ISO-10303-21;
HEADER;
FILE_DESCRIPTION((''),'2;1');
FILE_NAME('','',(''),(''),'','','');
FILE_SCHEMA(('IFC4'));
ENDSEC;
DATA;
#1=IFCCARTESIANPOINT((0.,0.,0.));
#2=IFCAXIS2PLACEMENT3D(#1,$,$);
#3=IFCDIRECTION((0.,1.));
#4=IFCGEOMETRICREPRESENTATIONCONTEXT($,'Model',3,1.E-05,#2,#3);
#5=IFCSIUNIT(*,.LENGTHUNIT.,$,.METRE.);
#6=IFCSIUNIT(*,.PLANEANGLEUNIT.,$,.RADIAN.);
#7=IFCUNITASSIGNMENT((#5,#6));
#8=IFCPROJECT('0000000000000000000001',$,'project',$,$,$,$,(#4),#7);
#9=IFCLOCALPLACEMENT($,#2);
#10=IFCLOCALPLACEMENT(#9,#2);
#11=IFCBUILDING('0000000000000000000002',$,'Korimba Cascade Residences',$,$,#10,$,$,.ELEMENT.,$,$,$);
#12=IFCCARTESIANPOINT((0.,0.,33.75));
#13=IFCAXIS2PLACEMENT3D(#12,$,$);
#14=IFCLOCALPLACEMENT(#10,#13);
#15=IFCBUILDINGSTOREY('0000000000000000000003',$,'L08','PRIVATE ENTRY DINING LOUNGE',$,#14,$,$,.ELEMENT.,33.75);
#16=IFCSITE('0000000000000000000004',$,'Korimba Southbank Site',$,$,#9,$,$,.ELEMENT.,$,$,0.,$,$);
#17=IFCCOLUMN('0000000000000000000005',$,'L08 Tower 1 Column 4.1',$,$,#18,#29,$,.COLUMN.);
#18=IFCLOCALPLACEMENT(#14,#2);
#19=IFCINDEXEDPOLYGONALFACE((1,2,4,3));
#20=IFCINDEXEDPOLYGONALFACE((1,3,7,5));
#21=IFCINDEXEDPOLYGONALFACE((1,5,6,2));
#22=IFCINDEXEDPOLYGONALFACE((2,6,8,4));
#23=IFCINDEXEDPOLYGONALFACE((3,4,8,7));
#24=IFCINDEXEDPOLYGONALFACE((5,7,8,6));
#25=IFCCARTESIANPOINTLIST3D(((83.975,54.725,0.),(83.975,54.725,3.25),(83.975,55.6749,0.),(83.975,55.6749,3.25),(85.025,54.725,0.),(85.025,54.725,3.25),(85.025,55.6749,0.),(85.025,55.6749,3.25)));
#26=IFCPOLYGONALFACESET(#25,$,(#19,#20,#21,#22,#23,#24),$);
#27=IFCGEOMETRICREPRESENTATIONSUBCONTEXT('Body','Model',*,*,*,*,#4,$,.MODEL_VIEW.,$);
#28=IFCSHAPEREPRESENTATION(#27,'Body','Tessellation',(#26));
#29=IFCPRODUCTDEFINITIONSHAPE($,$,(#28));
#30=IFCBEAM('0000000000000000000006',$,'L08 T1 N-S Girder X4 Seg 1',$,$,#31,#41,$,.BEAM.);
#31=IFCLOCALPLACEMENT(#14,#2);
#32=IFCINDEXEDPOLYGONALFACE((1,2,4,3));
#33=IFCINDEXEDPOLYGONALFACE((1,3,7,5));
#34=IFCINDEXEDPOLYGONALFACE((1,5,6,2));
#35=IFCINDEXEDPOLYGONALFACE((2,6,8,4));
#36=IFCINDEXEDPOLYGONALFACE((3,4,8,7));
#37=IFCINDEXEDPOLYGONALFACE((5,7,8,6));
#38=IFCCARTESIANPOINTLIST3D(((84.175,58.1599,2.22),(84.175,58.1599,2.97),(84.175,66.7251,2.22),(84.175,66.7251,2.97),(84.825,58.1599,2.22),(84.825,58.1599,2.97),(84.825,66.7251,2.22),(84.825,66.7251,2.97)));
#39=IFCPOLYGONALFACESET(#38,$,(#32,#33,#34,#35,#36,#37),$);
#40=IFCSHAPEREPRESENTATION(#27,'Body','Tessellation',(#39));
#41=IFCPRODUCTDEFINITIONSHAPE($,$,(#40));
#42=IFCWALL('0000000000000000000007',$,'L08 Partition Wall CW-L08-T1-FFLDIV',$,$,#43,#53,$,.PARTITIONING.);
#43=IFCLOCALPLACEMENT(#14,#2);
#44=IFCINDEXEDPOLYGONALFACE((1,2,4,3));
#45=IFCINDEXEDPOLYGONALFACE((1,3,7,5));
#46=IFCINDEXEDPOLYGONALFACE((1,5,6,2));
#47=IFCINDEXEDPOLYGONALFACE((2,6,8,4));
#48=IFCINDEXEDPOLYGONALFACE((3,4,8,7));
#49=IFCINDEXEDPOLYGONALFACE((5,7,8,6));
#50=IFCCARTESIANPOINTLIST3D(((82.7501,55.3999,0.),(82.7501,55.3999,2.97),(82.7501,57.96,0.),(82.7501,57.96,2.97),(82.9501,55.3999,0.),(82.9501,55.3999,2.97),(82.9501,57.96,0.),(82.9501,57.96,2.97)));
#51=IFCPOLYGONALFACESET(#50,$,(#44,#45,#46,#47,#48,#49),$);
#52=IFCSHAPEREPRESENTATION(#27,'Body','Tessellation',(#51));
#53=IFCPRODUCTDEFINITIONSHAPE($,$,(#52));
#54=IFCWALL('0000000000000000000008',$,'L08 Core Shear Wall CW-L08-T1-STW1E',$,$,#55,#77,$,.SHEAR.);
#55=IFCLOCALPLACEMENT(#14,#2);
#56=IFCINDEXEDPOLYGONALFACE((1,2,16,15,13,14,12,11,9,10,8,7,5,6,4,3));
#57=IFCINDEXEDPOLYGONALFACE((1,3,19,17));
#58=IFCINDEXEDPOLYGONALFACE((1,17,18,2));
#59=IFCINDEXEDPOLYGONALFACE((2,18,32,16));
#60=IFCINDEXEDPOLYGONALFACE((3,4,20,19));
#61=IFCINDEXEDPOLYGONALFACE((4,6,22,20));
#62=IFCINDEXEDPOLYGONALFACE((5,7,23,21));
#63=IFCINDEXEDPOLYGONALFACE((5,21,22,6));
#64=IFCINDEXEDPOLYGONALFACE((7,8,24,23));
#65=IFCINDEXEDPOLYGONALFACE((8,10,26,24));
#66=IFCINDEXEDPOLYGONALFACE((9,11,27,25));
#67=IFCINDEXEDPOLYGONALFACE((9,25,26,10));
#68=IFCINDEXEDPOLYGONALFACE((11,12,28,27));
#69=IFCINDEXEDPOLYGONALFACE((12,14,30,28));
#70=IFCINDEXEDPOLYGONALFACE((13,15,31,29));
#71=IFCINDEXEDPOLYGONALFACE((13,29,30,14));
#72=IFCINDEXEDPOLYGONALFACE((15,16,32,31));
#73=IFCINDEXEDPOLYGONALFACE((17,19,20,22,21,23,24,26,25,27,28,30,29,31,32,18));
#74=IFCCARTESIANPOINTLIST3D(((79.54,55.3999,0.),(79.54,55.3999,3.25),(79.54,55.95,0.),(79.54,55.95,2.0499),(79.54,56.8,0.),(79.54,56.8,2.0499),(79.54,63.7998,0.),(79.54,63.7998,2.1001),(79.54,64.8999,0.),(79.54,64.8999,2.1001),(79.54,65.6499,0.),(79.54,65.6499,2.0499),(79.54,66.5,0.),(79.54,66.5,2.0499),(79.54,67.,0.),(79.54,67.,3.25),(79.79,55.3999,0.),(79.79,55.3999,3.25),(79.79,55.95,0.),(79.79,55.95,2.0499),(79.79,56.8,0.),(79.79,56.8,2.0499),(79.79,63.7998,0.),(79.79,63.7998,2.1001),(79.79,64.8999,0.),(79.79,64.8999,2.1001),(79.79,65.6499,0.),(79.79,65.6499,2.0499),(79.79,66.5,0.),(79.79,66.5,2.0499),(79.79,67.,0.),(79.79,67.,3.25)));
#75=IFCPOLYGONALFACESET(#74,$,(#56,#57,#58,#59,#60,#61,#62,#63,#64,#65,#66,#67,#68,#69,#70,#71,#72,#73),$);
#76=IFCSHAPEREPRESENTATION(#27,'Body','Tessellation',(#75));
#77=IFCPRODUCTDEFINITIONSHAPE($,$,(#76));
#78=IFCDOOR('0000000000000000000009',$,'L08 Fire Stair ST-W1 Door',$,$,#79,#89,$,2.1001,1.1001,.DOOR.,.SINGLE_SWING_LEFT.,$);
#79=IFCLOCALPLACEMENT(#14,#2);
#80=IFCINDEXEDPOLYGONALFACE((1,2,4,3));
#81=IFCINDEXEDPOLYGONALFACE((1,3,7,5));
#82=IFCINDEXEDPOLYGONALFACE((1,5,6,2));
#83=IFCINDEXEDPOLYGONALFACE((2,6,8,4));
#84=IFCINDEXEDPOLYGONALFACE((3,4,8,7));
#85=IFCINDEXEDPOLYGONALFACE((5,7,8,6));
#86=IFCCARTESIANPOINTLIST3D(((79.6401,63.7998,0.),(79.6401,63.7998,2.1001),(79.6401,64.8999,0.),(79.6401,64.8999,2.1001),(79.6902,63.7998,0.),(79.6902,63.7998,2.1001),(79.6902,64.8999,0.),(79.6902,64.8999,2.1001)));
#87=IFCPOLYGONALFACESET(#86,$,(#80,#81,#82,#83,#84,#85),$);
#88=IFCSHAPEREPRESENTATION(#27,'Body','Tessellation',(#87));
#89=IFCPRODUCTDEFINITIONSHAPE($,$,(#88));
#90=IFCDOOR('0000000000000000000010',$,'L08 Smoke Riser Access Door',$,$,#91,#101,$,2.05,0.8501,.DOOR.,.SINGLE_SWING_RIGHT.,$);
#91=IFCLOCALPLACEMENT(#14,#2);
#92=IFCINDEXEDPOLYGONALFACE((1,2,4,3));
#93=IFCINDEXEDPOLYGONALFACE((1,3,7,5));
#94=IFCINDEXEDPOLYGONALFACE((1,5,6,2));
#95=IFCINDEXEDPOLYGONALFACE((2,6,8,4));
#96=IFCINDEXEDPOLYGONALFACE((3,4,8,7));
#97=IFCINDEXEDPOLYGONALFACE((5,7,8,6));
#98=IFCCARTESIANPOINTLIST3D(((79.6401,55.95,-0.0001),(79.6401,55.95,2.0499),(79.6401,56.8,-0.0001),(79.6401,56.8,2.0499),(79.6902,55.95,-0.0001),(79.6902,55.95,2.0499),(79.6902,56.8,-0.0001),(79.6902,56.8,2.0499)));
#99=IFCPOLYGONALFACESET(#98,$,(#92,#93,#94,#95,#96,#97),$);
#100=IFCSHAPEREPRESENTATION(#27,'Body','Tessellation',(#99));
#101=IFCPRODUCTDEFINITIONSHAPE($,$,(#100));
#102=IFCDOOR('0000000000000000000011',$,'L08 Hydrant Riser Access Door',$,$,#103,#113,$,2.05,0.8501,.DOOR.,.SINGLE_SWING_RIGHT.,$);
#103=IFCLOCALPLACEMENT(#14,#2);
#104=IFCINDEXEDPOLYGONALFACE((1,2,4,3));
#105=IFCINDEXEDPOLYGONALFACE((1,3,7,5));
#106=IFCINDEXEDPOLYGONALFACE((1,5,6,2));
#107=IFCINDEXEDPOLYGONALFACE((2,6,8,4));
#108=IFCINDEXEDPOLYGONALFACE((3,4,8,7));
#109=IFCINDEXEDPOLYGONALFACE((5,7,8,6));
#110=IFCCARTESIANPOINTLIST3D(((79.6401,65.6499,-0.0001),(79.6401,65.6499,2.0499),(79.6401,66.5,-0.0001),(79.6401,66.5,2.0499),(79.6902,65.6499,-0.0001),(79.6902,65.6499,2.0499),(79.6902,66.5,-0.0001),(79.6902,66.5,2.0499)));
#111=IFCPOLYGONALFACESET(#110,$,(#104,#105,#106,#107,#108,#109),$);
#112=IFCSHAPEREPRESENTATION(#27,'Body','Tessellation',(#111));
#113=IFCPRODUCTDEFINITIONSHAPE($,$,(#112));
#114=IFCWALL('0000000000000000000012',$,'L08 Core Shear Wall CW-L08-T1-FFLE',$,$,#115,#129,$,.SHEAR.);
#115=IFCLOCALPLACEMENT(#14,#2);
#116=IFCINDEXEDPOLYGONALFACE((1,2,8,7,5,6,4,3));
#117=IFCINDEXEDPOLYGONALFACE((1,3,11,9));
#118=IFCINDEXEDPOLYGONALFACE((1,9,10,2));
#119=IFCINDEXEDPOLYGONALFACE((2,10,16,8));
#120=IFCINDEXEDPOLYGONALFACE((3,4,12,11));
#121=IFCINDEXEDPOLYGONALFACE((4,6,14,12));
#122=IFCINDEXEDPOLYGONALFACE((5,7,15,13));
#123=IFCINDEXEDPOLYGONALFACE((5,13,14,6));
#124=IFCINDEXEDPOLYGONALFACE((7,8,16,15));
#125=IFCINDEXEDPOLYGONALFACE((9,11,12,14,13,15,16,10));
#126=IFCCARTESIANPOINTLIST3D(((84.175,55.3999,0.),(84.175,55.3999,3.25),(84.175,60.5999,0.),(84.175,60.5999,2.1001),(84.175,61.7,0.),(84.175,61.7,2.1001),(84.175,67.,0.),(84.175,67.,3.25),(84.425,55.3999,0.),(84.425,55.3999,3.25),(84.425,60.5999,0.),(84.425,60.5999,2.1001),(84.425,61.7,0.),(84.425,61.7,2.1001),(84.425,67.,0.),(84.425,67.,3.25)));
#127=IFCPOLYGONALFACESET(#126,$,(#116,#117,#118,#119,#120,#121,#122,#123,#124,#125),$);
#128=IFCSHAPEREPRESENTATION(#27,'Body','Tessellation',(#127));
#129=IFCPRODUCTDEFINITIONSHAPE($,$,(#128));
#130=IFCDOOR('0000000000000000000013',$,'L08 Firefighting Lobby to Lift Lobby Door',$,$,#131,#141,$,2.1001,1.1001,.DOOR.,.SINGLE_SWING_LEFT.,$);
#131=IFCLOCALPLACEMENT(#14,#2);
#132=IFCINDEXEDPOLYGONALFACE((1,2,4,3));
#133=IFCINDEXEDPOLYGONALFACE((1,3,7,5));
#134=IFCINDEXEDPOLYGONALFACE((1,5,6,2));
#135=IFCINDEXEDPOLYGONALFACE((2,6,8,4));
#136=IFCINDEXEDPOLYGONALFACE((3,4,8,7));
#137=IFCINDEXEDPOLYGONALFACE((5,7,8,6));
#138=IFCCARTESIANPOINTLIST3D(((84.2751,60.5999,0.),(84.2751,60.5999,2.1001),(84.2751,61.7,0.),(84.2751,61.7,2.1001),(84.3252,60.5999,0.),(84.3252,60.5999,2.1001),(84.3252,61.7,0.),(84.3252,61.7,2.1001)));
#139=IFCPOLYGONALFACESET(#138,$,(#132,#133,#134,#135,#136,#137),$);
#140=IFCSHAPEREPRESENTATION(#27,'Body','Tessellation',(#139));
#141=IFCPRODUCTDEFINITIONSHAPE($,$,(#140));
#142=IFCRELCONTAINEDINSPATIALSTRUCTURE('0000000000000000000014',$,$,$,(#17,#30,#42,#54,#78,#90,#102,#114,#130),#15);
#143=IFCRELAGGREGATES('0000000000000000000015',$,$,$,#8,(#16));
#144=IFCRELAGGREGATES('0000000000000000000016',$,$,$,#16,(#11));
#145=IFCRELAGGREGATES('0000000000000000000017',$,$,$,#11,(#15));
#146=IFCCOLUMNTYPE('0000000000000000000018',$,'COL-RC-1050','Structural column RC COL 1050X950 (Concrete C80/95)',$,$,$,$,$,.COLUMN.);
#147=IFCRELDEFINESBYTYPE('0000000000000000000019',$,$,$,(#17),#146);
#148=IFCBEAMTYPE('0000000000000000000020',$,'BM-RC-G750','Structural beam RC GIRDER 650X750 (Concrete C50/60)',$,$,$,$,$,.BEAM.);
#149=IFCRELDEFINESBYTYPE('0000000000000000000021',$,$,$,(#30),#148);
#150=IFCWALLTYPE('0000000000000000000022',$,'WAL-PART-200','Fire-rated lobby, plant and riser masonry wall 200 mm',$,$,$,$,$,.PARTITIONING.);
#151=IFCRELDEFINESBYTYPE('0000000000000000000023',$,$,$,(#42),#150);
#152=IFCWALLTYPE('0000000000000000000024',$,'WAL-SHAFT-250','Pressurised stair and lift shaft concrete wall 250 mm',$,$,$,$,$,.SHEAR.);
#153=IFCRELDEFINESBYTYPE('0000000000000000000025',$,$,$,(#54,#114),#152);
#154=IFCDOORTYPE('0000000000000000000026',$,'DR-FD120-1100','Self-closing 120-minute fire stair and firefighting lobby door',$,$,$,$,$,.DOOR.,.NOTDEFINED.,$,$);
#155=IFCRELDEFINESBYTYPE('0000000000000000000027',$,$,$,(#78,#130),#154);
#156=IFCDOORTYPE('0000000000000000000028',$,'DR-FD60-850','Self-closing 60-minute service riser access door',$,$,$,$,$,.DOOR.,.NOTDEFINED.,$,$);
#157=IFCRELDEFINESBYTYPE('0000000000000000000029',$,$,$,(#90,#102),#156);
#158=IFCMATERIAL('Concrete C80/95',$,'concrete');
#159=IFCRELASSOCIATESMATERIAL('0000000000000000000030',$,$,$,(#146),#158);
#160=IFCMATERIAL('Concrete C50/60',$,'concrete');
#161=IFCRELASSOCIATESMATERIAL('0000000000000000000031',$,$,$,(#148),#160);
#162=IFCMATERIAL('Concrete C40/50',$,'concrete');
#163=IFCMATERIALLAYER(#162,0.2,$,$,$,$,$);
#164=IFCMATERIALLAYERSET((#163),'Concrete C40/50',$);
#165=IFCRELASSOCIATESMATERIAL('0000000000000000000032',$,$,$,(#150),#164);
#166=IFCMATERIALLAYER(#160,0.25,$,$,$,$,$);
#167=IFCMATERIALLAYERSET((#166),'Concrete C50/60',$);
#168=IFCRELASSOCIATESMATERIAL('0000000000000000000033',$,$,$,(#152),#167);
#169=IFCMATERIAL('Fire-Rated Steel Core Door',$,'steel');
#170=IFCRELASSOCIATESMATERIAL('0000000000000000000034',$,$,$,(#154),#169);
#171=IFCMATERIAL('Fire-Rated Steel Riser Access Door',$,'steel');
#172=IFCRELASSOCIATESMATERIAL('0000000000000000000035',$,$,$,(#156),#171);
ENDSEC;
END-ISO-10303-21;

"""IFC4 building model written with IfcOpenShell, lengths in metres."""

from ifc_helpers import new_model, si_unit, direction, frame, frame_2d, origin, origin_2d, place, context, subcontext, project, spatial, rectangle, extrude, material, layer, layer_set, material_profile, profile_set, type_object, element, fill, save


model = new_model("IFC4")

# Units and contexts
model_context = context("Model", 3, precision=1e-05, world=origin(), true_north=direction((0.0, 1.0)))
body_context = subcontext(model_context, "Body", "Model", "MODEL_VIEW")
ifc_project = project(units=[si_unit("LENGTHUNIT", "METRE"), si_unit("PLANEANGLEUNIT", "RADIAN")], contexts=[model_context])

# Site, building, storey
site_placement = place(None, origin())
site = spatial("IfcSite", under=ifc_project, at=site_placement, Name="Korimba Southbank Site", CompositionType="ELEMENT", RefElevation=0.0)
building_placement = place(site_placement, origin())
building = spatial("IfcBuilding", under=site, at=building_placement, Name="Korimba Cascade Residences", CompositionType="ELEMENT")
storey_placement = place(building_placement, frame((0.0, 0.0, 33.75)))
storey = spatial("IfcBuildingStorey", under=building, at=storey_placement, Name="L08", Description="PRIVATE ENTRY DINING LOUNGE", CompositionType="ELEMENT", Elevation=33.75)

# Column
ifc_material_1 = material(Name="Concrete C80/95", Category="concrete")
ifc_material_profile_1 = material_profile(ifc_material_1, rectangle(XDim=1.05, YDim=0.95, at=origin_2d()), Name="Concrete C80/95")
ifc_profile_set_1 = profile_set([ifc_material_profile_1], Name="Concrete C80/95")
column_type = type_object("IfcColumnType", Name="COL-RC-1050", Description="Structural column RC COL 1050X950 (Concrete C80/95)", PredefinedType="COLUMN", material=ifc_profile_set_1)
column_placement = place(storey_placement, frame((84.5, 55.2, 0.0), z_axis=(0.0, 0.0, 1.0), x_axis=(1.0, 0.0, 0.0)))
element("IfcColumn", 1, at=column_placement, inside=storey, type_object=column_type, Name="L08 Tower 1 Column 4.1", PredefinedType="COLUMN", context=body_context, shape_type="SweptSolid", body=[
    extrude(rectangle(XDim=1.05, YDim=0.95, at=origin_2d()), origin(), (0.0, 0.0, 1.0), 3.25),
])

# Beam
ifc_material_2 = material(Name="Concrete C50/60", Category="concrete")
ifc_material_profile_2 = material_profile(ifc_material_2, rectangle(XDim=0.6499, YDim=0.75, at=origin_2d()), Name="Concrete C50/60")
ifc_profile_set_2 = profile_set([ifc_material_profile_2], Name="Concrete C50/60")
beam_type = type_object("IfcBeamType", Name="BM-RC-G750", Description="Structural beam RC GIRDER 650X750 (Concrete C50/60)", PredefinedType="BEAM", material=ifc_profile_set_2)
beam_placement = place(storey_placement, frame((84.5, 58.1599, 2.595), z_axis=(0.0, 1.0, 0.0), x_axis=(-1.0, 0.0, 0.0)))
element("IfcBeam", 2, at=beam_placement, inside=storey, type_object=beam_type, Name="L08 T1 N-S Girder X4 Seg 1", PredefinedType="BEAM", context=body_context, shape_type="SweptSolid", body=[
    extrude(rectangle(XDim=0.6499, YDim=0.75, at=origin_2d()), origin(), (0.0, 0.0, 1.0), 8.5652),
])

# Wall
ifc_material_3 = material(Name="Concrete C40/50", Category="concrete")
ifc_layer_1 = layer(ifc_material_3, 0.2)
ifc_layer_set_1 = layer_set([ifc_layer_1], Name="Concrete C40/50")
wall_type_1 = type_object("IfcWallType", Name="WAL-PART-200", Description="Fire-rated lobby, plant and riser masonry wall 200 mm", PredefinedType="PARTITIONING", material=ifc_layer_set_1)
wall_1_placement = place(storey_placement, frame((82.8501, 55.3999, 0.0), z_axis=(0.0, 0.0, 1.0), x_axis=(0.0, 1.0, 0.0)))
element("IfcWall", 3, at=wall_1_placement, inside=storey, type_object=wall_type_1, Name="L08 Partition Wall CW-L08-T1-FFLDIV", PredefinedType="PARTITIONING", context=body_context, shape_type="SweptSolid", body=[
    extrude(rectangle(XDim=2.5601, YDim=0.2, at=frame_2d((1.28, 0.0))), origin(), (0.0, 0.0, 1.0), 2.97),
])

# Wall, openings, doors
ifc_layer_2 = layer(ifc_material_2, 0.25)
ifc_layer_set_2 = layer_set([ifc_layer_2], Name="Concrete C50/60")
wall_type_2 = type_object("IfcWallType", Name="WAL-SHAFT-250", Description="Pressurised stair and lift shaft concrete wall 250 mm", PredefinedType="SHEAR", material=ifc_layer_set_2)
wall_2_placement = place(storey_placement, frame((79.665, 55.3999, 0.0), z_axis=(0.0, 0.0, 1.0), x_axis=(0.0, 1.0, 0.0)))
wall_2 = element("IfcWall", 4, at=wall_2_placement, inside=storey, type_object=wall_type_2, Name="L08 Core Shear Wall CW-L08-T1-STW1E", PredefinedType="SHEAR", context=body_context, shape_type="SweptSolid", body=[
    extrude(rectangle(XDim=11.6001, YDim=0.25, at=frame_2d((5.8, 0.0))), origin(), (0.0, 0.0, 1.0), 3.25),
])
opening_1_placement = place(wall_2_placement, frame((0.55, 0.0, 0.0)))
opening_1 = element("IfcOpeningElement", 5, at=opening_1_placement, cuts=wall_2, PredefinedType="OPENING", context=body_context, shape_type="SweptSolid", body=[
    extrude(rectangle(XDim=0.8501, YDim=2.05, at=frame_2d((0.425, 1.0249))), frame((0.0, 0.135, 0.0), z_axis=(0.0, -1.0, 0.0), x_axis=(1.0, 0.0, 0.0)), (0.0, 0.0, 1.0), 0.27),
])
opening_2_placement = place(wall_2_placement, frame((8.3999, 0.0, 0.0)))
opening_2 = element("IfcOpeningElement", 6, at=opening_2_placement, cuts=wall_2, PredefinedType="OPENING", context=body_context, shape_type="SweptSolid", body=[
    extrude(rectangle(XDim=1.1001, YDim=2.1001, at=frame_2d((0.55, 1.05))), frame((0.0, 0.135, 0.0), z_axis=(0.0, -1.0, 0.0), x_axis=(1.0, 0.0, 0.0)), (0.0, 0.0, 1.0), 0.27),
])
opening_3_placement = place(wall_2_placement, frame((10.25, 0.0, 0.0)))
opening_3 = element("IfcOpeningElement", 7, at=opening_3_placement, cuts=wall_2, PredefinedType="OPENING", context=body_context, shape_type="SweptSolid", body=[
    extrude(rectangle(XDim=0.8501, YDim=2.05, at=frame_2d((0.425, 1.0249))), frame((0.0, 0.135, 0.0), z_axis=(0.0, -1.0, 0.0), x_axis=(1.0, 0.0, 0.0)), (0.0, 0.0, 1.0), 0.27),
])
ifc_material_4 = material(Name="Fire-Rated Steel Core Door", Category="steel")
door_type_1 = type_object("IfcDoorType", Name="DR-FD120-1100", Description="Self-closing 120-minute fire stair and firefighting lobby door", OperationType="NOTDEFINED", PredefinedType="DOOR", material=ifc_material_4)
door_1_placement = place(opening_2_placement, origin())
door_1 = element("IfcDoor", 8, at=door_1_placement, inside=storey, type_object=door_type_1, Name="L08 Fire Stair ST-W1 Door", OperationType="SINGLE_SWING_LEFT", OverallHeight=2.1001, OverallWidth=1.1001, PredefinedType="DOOR", context=body_context, shape_type="SweptSolid", body=[
    extrude(rectangle(XDim=1.1001, YDim=2.1001, at=frame_2d((0.55, 1.05))), frame((0.0, 0.0249, 0.0), z_axis=(0.0, -1.0, 0.0), x_axis=(1.0, 0.0, 0.0)), (0.0, 0.0, 1.0), 0.05),
])
fill(opening_2, door_1)
ifc_material_5 = material(Name="Fire-Rated Steel Riser Access Door", Category="steel")
door_type_2 = type_object("IfcDoorType", Name="DR-FD60-850", Description="Self-closing 60-minute service riser access door", OperationType="NOTDEFINED", PredefinedType="DOOR", material=ifc_material_5)
door_2_placement = place(opening_1_placement, origin())
door_2 = element("IfcDoor", 9, at=door_2_placement, inside=storey, type_object=door_type_2, Name="L08 Smoke Riser Access Door", OperationType="SINGLE_SWING_RIGHT", OverallHeight=2.05, OverallWidth=0.8501, PredefinedType="DOOR", context=body_context, shape_type="SweptSolid", body=[
    extrude(rectangle(XDim=0.8501, YDim=2.05, at=frame_2d((0.425, 1.0249))), frame((0.0, 0.0249, 0.0), z_axis=(0.0, -1.0, 0.0), x_axis=(1.0, 0.0, 0.0)), (0.0, 0.0, 1.0), 0.05),
])
fill(opening_1, door_2)
door_3_placement = place(opening_3_placement, origin())
door_3 = element("IfcDoor", 10, at=door_3_placement, inside=storey, type_object=door_type_2, Name="L08 Hydrant Riser Access Door", OperationType="SINGLE_SWING_RIGHT", OverallHeight=2.05, OverallWidth=0.8501, PredefinedType="DOOR", context=body_context, shape_type="SweptSolid", body=[
    extrude(rectangle(XDim=0.8501, YDim=2.05, at=frame_2d((0.425, 1.0249))), frame((0.0, 0.0249, 0.0), z_axis=(0.0, -1.0, 0.0), x_axis=(1.0, 0.0, 0.0)), (0.0, 0.0, 1.0), 0.05),
])
fill(opening_3, door_3)

# Wall, opening, door
wall_3_placement = place(storey_placement, frame((84.3, 55.3999, 0.0), z_axis=(0.0, 0.0, 1.0), x_axis=(0.0, 1.0, 0.0)))
wall_3 = element("IfcWall", 11, at=wall_3_placement, inside=storey, type_object=wall_type_2, Name="L08 Core Shear Wall CW-L08-T1-FFLE", PredefinedType="SHEAR", context=body_context, shape_type="SweptSolid", body=[
    extrude(rectangle(XDim=11.6001, YDim=0.25, at=frame_2d((5.8, 0.0))), origin(), (0.0, 0.0, 1.0), 3.25),
])
opening_4_placement = place(wall_3_placement, frame((5.2, 0.0, 0.0)))
opening_4 = element("IfcOpeningElement", 12, at=opening_4_placement, cuts=wall_3, PredefinedType="OPENING", context=body_context, shape_type="SweptSolid", body=[
    extrude(rectangle(XDim=1.1001, YDim=2.1001, at=frame_2d((0.55, 1.05))), frame((0.0, 0.135, 0.0), z_axis=(0.0, -1.0, 0.0), x_axis=(1.0, 0.0, 0.0)), (0.0, 0.0, 1.0), 0.27),
])
door_4_placement = place(opening_4_placement, origin())
door_4 = element("IfcDoor", 13, at=door_4_placement, inside=storey, type_object=door_type_1, Name="L08 Firefighting Lobby to Lift Lobby Door", OperationType="SINGLE_SWING_LEFT", OverallHeight=2.1001, OverallWidth=1.1001, PredefinedType="DOOR", context=body_context, shape_type="SweptSolid", body=[
    extrude(rectangle(XDim=1.1001, YDim=2.1001, at=frame_2d((0.55, 1.05))), frame((0.0, 0.0249, 0.0), z_axis=(0.0, -1.0, 0.0), x_axis=(1.0, 0.0, 0.0)), (0.0, 0.0, 1.0), 0.05),
])
fill(opening_4, door_4)

save(model, "model.ifc")
